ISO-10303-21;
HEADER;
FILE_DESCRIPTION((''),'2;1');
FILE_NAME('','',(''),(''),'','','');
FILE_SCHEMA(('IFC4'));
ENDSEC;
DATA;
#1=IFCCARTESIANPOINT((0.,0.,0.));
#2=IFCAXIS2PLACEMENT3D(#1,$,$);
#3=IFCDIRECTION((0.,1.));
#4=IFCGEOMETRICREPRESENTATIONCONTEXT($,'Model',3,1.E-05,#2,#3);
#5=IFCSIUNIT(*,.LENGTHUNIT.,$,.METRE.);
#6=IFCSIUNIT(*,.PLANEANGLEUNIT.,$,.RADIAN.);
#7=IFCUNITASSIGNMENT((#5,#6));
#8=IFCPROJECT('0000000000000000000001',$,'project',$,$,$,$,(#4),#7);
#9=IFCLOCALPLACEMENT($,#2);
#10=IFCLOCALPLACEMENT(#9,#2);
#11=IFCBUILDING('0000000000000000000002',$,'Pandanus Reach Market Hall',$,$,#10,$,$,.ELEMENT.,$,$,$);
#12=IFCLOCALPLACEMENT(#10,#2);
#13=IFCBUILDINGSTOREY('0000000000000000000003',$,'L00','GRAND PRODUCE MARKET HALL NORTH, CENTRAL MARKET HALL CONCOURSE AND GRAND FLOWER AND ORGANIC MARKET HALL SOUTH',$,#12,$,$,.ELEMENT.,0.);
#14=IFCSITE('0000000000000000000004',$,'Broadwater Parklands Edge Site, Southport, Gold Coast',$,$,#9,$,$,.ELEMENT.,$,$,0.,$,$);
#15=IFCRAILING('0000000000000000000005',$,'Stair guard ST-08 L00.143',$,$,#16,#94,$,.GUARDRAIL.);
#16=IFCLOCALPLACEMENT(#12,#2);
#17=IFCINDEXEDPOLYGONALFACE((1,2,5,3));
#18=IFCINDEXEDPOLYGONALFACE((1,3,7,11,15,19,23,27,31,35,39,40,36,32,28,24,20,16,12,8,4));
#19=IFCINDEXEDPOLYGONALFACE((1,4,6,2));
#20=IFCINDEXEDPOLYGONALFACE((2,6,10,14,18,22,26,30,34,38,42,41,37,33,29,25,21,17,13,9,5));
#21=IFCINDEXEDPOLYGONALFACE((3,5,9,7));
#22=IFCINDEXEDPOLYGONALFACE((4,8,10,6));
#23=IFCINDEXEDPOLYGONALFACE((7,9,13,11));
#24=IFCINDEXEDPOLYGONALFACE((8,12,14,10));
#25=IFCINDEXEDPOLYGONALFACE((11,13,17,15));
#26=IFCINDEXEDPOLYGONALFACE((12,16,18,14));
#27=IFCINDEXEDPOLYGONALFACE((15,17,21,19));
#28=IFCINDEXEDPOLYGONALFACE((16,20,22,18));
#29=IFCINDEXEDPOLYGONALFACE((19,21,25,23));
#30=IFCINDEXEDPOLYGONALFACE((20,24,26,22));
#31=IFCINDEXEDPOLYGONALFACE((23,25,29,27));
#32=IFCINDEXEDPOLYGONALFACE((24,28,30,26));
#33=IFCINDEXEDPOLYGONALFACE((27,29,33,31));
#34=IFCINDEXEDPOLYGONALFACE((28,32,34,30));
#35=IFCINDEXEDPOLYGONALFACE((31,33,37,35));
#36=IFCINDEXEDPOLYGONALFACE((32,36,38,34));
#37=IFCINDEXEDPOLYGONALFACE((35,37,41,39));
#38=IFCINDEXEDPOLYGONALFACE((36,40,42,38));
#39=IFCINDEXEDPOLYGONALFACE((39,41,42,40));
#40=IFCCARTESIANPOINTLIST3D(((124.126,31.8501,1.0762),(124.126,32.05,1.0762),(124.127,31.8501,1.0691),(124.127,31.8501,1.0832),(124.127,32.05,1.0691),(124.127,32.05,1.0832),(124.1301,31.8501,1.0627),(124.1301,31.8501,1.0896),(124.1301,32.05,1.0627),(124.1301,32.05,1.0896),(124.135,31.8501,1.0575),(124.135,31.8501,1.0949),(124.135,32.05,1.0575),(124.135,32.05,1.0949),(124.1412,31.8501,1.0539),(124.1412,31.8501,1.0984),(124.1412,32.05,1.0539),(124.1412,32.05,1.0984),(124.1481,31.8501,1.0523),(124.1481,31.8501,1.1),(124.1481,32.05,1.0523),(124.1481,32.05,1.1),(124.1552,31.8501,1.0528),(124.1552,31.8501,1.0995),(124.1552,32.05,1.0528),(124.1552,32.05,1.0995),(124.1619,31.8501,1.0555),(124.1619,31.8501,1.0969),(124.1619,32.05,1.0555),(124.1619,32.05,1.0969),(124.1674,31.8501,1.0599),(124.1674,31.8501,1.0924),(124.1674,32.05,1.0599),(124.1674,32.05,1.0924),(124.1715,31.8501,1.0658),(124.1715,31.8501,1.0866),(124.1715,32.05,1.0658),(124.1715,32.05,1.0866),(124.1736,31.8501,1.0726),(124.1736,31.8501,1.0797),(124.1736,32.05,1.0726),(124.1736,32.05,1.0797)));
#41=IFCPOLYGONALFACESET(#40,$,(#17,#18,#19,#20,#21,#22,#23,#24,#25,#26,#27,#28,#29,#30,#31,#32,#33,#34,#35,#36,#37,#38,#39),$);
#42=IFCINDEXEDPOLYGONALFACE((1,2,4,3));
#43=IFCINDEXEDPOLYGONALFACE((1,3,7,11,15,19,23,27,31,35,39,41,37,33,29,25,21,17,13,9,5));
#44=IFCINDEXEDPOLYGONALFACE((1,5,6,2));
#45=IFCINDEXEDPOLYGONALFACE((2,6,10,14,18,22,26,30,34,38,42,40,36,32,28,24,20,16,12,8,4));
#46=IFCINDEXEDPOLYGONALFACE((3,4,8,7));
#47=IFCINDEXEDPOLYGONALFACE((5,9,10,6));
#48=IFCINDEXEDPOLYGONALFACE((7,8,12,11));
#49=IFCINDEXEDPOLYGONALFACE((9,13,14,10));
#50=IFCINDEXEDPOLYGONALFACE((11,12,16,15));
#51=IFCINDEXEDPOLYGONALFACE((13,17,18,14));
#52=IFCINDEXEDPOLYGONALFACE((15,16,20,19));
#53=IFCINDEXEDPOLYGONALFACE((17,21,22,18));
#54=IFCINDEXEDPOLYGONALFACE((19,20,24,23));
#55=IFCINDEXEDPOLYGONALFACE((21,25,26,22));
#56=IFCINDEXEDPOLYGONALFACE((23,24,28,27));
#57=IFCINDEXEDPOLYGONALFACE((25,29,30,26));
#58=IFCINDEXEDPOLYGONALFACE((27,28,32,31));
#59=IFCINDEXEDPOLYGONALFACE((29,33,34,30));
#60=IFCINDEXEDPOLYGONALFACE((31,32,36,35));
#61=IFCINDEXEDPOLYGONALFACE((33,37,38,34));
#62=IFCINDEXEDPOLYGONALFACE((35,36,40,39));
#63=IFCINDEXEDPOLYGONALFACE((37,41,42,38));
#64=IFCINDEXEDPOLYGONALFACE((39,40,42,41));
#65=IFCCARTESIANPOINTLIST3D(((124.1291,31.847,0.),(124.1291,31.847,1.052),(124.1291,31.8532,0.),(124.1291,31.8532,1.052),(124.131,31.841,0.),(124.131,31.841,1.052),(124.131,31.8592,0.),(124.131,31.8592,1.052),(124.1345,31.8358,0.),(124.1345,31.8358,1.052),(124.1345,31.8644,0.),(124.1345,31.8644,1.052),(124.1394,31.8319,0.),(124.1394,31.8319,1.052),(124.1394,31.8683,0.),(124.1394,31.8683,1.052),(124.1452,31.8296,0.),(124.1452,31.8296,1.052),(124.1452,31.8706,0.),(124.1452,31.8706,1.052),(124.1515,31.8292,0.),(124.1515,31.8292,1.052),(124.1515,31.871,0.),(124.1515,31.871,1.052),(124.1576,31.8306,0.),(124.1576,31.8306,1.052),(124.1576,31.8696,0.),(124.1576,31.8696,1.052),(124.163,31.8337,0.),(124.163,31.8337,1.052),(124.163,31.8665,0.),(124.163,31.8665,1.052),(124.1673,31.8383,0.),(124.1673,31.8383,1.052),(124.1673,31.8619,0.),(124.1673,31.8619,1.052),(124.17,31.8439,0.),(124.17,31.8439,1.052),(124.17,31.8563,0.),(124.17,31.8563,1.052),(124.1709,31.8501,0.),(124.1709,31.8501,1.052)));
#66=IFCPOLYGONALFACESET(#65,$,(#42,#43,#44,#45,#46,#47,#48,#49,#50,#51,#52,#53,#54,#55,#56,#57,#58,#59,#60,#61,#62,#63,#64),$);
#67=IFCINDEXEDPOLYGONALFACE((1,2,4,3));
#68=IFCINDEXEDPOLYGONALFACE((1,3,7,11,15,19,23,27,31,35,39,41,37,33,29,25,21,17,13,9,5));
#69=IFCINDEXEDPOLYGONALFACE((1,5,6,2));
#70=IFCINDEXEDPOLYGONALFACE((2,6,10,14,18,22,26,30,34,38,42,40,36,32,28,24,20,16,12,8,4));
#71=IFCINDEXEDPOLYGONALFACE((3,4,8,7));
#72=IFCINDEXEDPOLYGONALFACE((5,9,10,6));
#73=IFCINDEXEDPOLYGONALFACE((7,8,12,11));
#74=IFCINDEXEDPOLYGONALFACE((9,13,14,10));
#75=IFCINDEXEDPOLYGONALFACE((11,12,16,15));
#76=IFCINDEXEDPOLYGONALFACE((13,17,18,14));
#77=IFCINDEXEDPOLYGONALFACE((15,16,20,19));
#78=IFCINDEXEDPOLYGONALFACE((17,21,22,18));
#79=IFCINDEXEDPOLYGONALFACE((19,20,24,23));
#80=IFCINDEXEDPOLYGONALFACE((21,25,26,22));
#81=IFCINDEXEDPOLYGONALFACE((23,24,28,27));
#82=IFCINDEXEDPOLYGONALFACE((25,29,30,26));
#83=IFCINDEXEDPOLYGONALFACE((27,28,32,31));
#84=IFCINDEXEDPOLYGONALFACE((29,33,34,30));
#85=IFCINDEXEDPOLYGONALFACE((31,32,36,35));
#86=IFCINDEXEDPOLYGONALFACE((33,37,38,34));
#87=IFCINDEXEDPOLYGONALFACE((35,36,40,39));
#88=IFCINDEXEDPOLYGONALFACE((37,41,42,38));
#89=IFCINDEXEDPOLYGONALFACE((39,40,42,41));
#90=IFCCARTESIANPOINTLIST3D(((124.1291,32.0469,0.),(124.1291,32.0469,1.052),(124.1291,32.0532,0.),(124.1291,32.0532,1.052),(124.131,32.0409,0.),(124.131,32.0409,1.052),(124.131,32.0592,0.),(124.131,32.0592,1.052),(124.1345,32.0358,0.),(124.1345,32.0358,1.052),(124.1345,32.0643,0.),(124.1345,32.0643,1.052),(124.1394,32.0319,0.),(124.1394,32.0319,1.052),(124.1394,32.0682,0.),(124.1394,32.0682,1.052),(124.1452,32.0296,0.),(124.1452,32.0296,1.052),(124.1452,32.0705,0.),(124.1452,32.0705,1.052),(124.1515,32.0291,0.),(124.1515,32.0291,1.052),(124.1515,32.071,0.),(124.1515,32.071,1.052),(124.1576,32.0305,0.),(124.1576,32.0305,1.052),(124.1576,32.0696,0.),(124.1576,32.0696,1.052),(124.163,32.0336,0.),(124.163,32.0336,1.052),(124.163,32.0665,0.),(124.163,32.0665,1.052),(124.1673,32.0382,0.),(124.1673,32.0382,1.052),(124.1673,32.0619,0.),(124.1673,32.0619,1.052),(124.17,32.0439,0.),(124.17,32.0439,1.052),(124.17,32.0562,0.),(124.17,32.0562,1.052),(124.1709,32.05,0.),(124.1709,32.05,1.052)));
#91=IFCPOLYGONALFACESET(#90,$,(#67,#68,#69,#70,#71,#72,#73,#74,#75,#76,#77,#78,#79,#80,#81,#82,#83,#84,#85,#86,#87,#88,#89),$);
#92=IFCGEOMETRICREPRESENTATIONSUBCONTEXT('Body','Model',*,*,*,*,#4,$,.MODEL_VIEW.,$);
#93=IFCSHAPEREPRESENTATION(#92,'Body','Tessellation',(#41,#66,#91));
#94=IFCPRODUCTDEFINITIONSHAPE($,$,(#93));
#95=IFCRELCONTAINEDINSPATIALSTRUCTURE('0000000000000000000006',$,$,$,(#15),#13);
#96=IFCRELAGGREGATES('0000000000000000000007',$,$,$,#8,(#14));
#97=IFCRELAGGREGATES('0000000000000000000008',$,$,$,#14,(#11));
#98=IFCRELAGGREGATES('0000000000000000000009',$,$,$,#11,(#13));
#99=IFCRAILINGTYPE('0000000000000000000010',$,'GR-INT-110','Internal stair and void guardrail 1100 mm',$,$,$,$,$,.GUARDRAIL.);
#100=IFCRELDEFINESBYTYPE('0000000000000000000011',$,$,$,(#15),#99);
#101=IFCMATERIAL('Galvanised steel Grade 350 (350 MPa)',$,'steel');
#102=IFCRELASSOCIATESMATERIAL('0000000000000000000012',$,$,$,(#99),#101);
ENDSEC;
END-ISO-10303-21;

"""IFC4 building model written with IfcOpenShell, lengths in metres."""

from ifc_helpers import new_model, si_unit, direction, frame, origin, origin_2d, place, context, subcontext, project, spatial, circle, extrude, material, type_object, element, save


model = new_model("IFC4")

# Units and contexts
model_context = context("Model", 3, precision=1e-05, world=origin(), true_north=direction((0.0, 1.0)))
body_context = subcontext(model_context, "Body", "Model", "MODEL_VIEW")
ifc_project = project(units=[si_unit("LENGTHUNIT", "METRE"), si_unit("PLANEANGLEUNIT", "RADIAN")], contexts=[model_context])

# Site, building, storey
site_placement = place(None, origin())
site = spatial("IfcSite", under=ifc_project, at=site_placement, Name="Broadwater Parklands Edge Site, Southport, Gold Coast", CompositionType="ELEMENT", RefElevation=0.0)
building_placement = place(site_placement, origin())
building = spatial("IfcBuilding", under=site, at=building_placement, Name="Pandanus Reach Market Hall", CompositionType="ELEMENT")
storey_placement = place(building_placement, origin())
storey = spatial("IfcBuildingStorey", under=building, at=storey_placement, Name="L00", Description="GRAND PRODUCE MARKET HALL NORTH, CENTRAL MARKET HALL CONCOURSE AND GRAND FLOWER AND ORGANIC MARKET HALL SOUTH", CompositionType="ELEMENT", Elevation=0.0)

# Railing
ifc_material_1 = material(Name="Galvanised steel Grade 350 (350 MPa)", Category="steel")
railing_type_1 = type_object("IfcRailingType", Name="GR-INT-110", Description="Internal stair and void guardrail 1100 mm", PredefinedType="GUARDRAIL", material=ifc_material_1)
railing_1_placement = place(storey_placement, frame((124.1499, 31.8501, 0.0)))
element("IfcRailing", 1, at=railing_1_placement, inside=storey, type_object=railing_type_1, Name="Stair guard ST-08 L00.143", PredefinedType="GUARDRAIL", context=body_context, shape_type="SweptSolid", body=[
    extrude(circle(Radius=0.0239, at=origin_2d()), frame((0.0, 0.0, 1.0762), z_axis=(0.0, 1.0, 0.0), x_axis=(-1.0, 0.0, 0.0)), (0.0, 0.0, 1.0), 0.2),
    extrude(circle(Radius=0.021, at=origin_2d()), origin(), (0.0, 0.0, 1.0), 1.052),
    extrude(circle(Radius=0.021, at=origin_2d()), frame((0.0, 0.2, 0.0)), (0.0, 0.0, 1.0), 1.052),
])

save(model, "model.ifc")
